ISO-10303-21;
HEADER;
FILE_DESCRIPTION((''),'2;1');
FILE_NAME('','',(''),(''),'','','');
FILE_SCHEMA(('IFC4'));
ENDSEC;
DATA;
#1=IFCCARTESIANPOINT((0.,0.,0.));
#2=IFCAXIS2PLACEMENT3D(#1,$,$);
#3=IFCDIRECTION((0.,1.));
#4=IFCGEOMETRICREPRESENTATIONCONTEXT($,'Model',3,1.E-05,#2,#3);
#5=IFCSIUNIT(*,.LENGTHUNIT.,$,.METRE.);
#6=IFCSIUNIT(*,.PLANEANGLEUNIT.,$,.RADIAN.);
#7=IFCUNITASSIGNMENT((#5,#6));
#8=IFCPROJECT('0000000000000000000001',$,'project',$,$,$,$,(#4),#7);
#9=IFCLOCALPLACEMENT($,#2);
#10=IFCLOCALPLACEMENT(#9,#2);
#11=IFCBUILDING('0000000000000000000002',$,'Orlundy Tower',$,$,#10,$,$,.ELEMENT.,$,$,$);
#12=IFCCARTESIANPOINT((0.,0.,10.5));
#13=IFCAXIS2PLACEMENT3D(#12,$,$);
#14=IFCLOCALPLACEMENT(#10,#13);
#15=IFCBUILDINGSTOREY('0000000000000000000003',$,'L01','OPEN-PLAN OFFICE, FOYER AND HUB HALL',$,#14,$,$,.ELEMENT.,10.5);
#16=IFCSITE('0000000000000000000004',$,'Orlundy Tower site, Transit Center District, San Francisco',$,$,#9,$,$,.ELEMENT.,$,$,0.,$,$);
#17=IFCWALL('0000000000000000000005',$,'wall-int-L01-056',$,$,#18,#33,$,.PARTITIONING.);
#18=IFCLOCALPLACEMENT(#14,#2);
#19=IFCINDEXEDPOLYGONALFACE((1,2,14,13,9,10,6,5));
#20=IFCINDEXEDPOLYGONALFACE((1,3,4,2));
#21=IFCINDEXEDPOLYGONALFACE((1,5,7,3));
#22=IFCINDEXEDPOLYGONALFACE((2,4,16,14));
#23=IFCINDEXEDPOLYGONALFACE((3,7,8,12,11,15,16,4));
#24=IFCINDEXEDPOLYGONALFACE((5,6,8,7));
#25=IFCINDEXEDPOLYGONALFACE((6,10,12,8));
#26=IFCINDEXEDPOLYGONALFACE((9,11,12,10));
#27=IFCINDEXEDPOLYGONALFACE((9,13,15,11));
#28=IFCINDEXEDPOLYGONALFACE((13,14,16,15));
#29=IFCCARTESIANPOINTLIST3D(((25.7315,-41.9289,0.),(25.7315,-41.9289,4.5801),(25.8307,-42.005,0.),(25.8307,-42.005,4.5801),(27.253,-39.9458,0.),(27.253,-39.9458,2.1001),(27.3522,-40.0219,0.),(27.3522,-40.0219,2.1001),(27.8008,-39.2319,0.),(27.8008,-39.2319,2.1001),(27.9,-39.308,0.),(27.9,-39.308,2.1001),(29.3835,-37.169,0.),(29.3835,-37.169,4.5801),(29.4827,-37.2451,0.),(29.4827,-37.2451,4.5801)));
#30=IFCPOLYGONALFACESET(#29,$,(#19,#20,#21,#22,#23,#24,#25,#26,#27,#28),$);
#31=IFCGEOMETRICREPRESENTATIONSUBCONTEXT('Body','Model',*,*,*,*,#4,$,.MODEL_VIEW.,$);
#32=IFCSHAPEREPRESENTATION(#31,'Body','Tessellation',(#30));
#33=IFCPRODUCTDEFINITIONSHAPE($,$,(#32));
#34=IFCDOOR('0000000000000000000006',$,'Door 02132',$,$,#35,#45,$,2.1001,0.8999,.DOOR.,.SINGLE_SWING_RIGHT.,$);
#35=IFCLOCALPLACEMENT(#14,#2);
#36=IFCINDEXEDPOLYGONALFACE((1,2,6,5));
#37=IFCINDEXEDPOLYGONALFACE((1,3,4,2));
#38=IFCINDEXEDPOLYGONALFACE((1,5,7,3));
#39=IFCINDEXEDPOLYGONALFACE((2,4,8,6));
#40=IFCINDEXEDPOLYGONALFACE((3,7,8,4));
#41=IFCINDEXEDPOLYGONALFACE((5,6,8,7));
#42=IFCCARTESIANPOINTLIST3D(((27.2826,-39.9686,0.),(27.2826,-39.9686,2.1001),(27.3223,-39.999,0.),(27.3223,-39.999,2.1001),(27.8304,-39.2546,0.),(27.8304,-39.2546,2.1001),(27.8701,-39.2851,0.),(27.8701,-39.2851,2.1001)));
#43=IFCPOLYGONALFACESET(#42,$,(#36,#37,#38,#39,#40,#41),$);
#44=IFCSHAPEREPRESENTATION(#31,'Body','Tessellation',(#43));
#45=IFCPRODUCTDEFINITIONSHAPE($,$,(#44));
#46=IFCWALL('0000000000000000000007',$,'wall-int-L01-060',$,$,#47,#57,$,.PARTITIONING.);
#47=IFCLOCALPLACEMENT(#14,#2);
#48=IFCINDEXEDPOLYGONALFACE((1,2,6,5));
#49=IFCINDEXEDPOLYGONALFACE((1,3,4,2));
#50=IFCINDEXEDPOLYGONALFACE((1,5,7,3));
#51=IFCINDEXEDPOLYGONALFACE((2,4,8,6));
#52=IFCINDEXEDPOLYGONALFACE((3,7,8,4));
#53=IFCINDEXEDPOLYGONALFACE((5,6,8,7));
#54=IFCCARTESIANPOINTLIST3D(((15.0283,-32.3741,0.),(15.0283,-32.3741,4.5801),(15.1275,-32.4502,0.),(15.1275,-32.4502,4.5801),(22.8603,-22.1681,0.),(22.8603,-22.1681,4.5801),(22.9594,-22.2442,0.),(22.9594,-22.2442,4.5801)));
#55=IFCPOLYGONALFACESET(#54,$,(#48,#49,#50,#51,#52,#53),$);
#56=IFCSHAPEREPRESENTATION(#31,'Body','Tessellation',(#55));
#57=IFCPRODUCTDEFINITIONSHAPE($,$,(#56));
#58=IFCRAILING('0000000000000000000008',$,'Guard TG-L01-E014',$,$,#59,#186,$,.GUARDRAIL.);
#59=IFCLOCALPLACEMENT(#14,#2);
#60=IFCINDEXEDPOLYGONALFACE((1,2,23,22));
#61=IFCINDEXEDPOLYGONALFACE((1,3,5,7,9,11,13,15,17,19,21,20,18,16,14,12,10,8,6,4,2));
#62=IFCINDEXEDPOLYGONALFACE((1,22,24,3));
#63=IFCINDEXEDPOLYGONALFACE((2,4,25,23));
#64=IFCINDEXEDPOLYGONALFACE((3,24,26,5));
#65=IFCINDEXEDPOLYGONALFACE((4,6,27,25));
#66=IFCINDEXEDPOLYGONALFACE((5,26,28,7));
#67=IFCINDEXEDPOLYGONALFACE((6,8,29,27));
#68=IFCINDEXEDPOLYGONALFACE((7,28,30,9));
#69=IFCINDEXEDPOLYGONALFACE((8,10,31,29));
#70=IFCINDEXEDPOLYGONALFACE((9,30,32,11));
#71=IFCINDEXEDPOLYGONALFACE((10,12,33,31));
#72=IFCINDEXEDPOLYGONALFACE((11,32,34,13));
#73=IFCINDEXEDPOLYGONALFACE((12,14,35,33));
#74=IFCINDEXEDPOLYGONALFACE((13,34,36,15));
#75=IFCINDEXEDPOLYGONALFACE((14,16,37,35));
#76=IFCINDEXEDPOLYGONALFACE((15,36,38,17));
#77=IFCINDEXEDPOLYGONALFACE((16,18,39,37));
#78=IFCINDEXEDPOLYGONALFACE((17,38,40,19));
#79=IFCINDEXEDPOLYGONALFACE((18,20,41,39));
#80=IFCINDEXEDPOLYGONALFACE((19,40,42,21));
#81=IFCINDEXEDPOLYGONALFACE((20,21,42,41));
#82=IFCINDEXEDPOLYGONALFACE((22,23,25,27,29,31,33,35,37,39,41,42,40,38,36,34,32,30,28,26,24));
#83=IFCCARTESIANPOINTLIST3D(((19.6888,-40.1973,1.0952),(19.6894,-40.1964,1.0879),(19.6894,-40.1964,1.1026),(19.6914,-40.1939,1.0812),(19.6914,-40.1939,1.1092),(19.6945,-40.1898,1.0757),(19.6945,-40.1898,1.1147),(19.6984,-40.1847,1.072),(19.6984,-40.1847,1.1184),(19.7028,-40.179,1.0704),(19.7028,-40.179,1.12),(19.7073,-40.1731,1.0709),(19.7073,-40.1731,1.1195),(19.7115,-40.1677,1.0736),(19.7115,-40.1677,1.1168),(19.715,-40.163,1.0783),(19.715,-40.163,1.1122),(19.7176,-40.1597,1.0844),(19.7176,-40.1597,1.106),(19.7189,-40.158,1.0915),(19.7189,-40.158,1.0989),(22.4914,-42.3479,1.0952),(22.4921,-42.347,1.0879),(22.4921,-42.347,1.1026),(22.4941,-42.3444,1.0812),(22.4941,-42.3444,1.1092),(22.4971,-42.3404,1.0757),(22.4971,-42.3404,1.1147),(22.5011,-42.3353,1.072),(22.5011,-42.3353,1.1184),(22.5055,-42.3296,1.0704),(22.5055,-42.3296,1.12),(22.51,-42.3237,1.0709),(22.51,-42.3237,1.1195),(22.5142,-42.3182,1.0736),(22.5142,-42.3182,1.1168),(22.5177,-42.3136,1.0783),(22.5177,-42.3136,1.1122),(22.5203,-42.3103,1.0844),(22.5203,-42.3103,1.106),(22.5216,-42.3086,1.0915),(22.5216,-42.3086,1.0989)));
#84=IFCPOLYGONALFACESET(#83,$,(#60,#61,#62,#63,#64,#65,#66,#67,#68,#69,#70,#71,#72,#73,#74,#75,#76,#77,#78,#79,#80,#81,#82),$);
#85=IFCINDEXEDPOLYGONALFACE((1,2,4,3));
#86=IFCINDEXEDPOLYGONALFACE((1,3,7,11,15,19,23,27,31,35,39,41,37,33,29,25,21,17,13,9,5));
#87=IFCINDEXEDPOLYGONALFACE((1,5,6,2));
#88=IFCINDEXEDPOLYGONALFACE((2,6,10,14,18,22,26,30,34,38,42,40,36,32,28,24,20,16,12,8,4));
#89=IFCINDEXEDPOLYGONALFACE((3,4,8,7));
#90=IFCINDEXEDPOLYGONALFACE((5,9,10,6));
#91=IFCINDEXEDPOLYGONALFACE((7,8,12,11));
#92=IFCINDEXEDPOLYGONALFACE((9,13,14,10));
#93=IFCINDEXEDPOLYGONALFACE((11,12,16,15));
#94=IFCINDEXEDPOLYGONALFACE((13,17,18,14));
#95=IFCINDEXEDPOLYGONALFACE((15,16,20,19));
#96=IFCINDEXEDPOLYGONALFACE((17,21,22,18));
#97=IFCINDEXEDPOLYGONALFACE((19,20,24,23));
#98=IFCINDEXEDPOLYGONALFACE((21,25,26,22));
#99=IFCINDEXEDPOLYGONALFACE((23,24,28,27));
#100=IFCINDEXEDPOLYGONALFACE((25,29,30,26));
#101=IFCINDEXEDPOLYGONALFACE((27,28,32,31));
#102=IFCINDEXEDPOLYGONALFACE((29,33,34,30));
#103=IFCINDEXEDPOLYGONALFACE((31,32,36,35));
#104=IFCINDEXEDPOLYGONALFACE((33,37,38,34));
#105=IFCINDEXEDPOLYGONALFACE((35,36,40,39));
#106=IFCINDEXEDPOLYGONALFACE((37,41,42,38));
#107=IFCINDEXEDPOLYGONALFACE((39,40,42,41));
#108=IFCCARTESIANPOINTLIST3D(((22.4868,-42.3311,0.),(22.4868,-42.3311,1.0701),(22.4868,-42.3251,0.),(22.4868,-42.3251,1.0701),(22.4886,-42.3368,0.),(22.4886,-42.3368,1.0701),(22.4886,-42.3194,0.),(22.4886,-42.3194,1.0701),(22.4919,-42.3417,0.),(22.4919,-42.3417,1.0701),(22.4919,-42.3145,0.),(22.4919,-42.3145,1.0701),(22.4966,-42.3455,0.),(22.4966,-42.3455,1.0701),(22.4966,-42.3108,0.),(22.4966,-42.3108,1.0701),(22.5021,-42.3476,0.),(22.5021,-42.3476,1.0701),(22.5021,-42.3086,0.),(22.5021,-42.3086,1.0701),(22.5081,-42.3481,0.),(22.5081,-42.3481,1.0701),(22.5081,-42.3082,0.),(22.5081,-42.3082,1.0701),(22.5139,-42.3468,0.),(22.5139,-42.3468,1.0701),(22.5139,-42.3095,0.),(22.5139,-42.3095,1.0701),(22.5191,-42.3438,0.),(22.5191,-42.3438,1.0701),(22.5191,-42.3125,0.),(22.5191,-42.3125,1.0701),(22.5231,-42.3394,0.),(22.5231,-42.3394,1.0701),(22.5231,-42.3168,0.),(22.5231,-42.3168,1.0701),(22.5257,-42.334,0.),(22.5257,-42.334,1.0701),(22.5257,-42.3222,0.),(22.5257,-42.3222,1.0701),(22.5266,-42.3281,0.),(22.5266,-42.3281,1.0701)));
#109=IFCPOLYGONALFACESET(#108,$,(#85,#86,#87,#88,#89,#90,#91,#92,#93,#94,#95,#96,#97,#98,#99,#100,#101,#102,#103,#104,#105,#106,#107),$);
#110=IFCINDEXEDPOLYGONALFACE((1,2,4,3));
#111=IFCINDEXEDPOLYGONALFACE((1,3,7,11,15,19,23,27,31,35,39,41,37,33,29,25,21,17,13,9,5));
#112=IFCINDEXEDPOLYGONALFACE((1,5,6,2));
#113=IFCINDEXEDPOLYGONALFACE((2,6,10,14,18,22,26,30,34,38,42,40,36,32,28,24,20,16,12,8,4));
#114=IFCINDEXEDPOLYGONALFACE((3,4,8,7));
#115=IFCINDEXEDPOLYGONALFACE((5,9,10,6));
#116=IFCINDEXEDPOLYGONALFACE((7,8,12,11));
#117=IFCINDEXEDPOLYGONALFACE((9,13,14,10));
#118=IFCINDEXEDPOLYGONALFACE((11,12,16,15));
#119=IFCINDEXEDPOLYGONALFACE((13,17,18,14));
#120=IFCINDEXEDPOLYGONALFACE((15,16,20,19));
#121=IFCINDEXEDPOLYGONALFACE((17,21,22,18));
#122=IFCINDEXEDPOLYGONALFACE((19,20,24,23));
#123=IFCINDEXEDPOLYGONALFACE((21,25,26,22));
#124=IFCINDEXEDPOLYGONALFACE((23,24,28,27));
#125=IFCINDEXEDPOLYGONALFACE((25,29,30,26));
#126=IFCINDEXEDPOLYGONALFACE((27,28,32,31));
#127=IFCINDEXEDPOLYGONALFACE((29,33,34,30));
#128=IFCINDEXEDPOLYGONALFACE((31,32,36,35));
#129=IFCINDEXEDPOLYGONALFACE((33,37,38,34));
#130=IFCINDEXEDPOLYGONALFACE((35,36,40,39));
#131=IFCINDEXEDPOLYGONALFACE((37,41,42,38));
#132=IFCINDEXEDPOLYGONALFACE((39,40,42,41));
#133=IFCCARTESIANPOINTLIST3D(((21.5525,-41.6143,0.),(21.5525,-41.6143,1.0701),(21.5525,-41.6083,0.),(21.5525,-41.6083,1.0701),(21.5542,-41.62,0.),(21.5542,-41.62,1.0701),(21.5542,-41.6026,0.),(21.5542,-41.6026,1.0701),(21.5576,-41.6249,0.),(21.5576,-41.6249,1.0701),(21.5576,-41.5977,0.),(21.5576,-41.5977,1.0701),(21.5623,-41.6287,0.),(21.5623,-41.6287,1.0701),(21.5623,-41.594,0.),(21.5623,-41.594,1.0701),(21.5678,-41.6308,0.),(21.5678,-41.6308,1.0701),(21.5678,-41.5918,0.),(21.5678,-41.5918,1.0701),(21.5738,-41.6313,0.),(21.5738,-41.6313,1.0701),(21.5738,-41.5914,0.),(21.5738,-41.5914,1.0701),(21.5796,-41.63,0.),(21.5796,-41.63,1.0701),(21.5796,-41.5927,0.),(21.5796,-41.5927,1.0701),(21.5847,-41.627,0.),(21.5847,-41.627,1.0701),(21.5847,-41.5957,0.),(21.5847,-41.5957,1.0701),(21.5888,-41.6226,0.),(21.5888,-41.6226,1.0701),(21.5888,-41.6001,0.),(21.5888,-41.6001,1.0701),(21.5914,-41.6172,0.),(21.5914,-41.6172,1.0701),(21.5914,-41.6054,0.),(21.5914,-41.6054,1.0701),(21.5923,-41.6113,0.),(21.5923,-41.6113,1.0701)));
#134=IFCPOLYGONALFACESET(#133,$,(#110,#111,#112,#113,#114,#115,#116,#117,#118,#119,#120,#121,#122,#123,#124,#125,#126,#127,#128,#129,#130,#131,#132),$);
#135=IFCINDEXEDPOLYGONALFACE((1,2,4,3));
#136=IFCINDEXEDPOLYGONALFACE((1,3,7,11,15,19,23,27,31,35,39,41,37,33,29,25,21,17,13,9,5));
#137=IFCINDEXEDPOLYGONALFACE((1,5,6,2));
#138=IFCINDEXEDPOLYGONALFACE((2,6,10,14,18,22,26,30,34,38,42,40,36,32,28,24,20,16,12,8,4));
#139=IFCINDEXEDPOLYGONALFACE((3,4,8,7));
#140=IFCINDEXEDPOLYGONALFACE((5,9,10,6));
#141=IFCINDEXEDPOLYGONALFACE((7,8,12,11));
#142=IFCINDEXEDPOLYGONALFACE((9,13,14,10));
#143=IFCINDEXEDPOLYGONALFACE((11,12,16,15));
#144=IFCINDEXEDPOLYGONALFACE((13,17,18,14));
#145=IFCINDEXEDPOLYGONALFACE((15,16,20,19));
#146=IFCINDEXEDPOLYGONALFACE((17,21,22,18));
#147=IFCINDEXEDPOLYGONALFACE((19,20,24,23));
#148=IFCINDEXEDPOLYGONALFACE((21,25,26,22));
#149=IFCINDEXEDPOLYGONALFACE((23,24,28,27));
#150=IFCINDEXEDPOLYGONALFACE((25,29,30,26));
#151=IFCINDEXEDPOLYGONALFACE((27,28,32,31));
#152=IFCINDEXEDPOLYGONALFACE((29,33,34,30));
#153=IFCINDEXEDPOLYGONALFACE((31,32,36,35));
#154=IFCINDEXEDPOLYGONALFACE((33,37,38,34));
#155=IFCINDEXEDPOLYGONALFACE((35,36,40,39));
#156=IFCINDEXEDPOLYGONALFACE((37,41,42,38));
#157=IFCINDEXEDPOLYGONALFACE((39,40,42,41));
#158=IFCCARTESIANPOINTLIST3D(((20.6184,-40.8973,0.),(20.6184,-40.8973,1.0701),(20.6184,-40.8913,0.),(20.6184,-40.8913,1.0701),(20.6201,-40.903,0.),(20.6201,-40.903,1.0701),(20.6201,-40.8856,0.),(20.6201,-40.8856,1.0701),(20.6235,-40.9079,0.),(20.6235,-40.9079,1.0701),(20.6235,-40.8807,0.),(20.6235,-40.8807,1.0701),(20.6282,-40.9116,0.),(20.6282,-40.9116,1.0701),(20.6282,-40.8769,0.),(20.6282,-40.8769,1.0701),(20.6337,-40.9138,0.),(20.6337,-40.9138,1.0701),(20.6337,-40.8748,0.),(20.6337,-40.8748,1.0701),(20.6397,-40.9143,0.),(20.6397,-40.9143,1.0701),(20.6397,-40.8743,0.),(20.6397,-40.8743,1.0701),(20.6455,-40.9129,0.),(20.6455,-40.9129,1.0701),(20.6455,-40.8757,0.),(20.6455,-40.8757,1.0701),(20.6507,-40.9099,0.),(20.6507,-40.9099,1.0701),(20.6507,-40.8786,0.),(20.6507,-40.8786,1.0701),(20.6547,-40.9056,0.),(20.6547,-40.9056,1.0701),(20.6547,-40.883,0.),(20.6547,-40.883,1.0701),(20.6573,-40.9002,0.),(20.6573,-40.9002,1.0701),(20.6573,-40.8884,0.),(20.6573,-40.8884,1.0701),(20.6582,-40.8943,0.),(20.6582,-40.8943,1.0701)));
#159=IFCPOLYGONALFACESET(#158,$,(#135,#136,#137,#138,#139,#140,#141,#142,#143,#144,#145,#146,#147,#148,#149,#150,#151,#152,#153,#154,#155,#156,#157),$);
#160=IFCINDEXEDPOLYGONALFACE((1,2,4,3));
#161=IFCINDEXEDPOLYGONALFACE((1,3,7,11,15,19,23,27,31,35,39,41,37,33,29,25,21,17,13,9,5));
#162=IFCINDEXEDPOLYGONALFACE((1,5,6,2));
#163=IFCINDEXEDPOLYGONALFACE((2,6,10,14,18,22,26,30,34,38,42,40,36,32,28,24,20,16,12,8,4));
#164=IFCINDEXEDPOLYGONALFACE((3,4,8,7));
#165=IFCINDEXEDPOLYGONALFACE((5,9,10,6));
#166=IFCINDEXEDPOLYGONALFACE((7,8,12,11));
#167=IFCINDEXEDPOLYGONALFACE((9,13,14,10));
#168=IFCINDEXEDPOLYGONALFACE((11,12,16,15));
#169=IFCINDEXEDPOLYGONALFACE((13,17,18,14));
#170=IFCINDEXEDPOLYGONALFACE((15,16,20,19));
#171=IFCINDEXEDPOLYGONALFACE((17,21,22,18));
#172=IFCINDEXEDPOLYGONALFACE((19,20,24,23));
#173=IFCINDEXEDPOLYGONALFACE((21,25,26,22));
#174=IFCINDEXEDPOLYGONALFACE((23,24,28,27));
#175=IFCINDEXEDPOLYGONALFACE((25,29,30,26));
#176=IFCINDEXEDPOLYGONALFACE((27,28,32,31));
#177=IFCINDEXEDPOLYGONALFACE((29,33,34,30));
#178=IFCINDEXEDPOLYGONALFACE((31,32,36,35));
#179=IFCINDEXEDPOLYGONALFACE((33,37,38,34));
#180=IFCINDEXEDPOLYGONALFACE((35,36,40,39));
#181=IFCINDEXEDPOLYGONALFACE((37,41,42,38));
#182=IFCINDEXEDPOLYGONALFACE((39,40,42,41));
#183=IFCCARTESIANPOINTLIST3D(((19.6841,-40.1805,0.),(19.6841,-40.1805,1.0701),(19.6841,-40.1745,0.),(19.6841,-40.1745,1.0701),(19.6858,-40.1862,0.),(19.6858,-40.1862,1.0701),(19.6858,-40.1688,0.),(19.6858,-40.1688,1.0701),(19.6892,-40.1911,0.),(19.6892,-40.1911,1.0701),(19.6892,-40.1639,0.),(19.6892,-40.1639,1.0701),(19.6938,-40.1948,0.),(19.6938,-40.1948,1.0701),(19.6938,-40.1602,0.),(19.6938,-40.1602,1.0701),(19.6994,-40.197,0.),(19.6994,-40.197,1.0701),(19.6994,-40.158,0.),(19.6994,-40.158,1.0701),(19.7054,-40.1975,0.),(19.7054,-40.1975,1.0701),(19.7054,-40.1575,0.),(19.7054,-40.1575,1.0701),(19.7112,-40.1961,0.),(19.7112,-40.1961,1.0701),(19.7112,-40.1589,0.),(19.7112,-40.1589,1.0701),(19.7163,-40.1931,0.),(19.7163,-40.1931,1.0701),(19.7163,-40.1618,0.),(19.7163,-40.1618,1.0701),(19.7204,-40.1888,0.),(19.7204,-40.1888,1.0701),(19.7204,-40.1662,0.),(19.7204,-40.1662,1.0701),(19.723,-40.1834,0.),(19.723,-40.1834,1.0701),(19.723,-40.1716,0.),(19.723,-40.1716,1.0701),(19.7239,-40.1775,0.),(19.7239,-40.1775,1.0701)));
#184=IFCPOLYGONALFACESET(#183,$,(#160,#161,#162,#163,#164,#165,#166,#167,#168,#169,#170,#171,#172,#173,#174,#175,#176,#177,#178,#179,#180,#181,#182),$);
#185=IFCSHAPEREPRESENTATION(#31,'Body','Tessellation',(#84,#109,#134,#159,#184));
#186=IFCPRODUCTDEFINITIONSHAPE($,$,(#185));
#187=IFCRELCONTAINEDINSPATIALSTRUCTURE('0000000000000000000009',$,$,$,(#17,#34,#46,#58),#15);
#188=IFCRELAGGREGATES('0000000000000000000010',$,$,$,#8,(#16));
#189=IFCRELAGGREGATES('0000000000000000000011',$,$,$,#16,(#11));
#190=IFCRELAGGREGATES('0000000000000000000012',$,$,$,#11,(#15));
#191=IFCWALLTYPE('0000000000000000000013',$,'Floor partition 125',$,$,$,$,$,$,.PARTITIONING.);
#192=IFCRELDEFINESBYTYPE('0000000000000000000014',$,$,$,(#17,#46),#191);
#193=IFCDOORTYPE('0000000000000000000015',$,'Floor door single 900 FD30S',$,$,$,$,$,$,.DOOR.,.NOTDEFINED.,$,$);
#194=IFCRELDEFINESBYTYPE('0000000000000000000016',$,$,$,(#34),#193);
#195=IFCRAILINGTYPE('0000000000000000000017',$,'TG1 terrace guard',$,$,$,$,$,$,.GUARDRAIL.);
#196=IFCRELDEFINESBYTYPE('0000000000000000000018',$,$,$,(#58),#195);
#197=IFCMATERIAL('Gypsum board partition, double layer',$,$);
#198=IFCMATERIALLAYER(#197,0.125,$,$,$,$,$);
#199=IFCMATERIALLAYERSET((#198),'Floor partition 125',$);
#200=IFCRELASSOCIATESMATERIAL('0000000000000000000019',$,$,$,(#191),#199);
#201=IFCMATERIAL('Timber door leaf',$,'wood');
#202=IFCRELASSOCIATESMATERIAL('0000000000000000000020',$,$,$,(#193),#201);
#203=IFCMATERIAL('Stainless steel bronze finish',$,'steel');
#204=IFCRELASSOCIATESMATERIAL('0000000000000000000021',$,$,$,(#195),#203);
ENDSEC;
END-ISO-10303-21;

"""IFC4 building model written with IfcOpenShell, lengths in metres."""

from ifc_helpers import new_model, si_unit, direction, frame, frame_2d, origin, origin_2d, place, context, subcontext, project, spatial, rectangle, circle, extrude, material, layer, layer_set, type_object, element, fill, save


model = new_model("IFC4")

# Units and contexts
model_context = context("Model", 3, precision=1e-05, world=origin(), true_north=direction((0.0, 1.0)))
body_context = subcontext(model_context, "Body", "Model", "MODEL_VIEW")
ifc_project = project(units=[si_unit("LENGTHUNIT", "METRE"), si_unit("PLANEANGLEUNIT", "RADIAN")], contexts=[model_context])

# Site, building, storey
site_placement = place(None, origin())
site = spatial("IfcSite", under=ifc_project, at=site_placement, Name="Orlundy Tower site, Transit Center District, San Francisco", CompositionType="ELEMENT", RefElevation=0.0)
building_placement = place(site_placement, origin())
building = spatial("IfcBuilding", under=site, at=building_placement, Name="Orlundy Tower", CompositionType="ELEMENT")
storey_placement = place(building_placement, frame((0.0, 0.0, 10.5)))
storey = spatial("IfcBuildingStorey", under=building, at=storey_placement, Name="L01", Description="OPEN-PLAN OFFICE, FOYER AND HUB HALL", CompositionType="ELEMENT", Elevation=10.5)

# Wall, opening, door
ifc_material_1 = material(Name="Gypsum board partition, double layer")
ifc_layer_1 = layer(ifc_material_1, 0.125)
ifc_layer_set_1 = layer_set([ifc_layer_1], Name="Floor partition 125")
wall_type_1 = type_object("IfcWallType", Name="Floor partition 125", PredefinedType="PARTITIONING", material=ifc_layer_set_1)
wall_1_placement = place(storey_placement, frame((29.4331, -37.207, 0.0), z_axis=(0.0, 0.0, 1.0), x_axis=(-0.608721, -0.793384, 0.0)))
wall_1 = element("IfcWall", 1, at=wall_1_placement, inside=storey, type_object=wall_type_1, Name="wall-int-L01-056", PredefinedType="PARTITIONING", context=body_context, shape_type="SweptSolid", body=[
    extrude(rectangle(XDim=5.9995, YDim=0.125, at=frame_2d((2.9998, 0.0))), origin(), (0.0, 0.0, 1.0), 4.5801),
])
opening_placement = place(wall_1_placement, frame((2.6001, 0.0, 0.0)))
opening = element("IfcOpeningElement", 2, at=opening_placement, cuts=wall_1, PredefinedType="OPENING", context=body_context, shape_type="SweptSolid", body=[
    extrude(rectangle(XDim=0.8999, YDim=2.1001, at=frame_2d((0.45, 1.05))), frame((0.0, 0.0725, 0.0), z_axis=(0.0, -1.0, 0.0), x_axis=(1.0, 0.0, 0.0)), (0.0, 0.0, 1.0), 0.145),
])
ifc_material_2 = material(Name="Timber door leaf", Category="wood")
door_type = type_object("IfcDoorType", Name="Floor door single 900 FD30S", OperationType="NOTDEFINED", PredefinedType="DOOR", material=ifc_material_2)
door_placement = place(opening_placement, origin())
door = element("IfcDoor", 3, at=door_placement, inside=storey, type_object=door_type, Name="Door 02132", OperationType="SINGLE_SWING_RIGHT", OverallHeight=2.1001, OverallWidth=0.8999, PredefinedType="DOOR", context=body_context, shape_type="SweptSolid", body=[
    extrude(rectangle(XDim=0.8999, YDim=2.1001, at=frame_2d((0.45, 1.05))), frame((0.0, 0.0249, 0.0), z_axis=(0.0, -1.0, 0.0), x_axis=(1.0, 0.0, 0.0)), (0.0, 0.0, 1.0), 0.05),
])
fill(opening, door)

# Wall
wall_2_placement = place(storey_placement, frame((15.0779, -32.4121, 0.0), z_axis=(0.0, 0.0, 1.0), x_axis=(0.608793, 0.793329, 0.0)))
element("IfcWall", 4, at=wall_2_placement, inside=storey, type_object=wall_type_1, Name="wall-int-L01-060", PredefinedType="PARTITIONING", context=body_context, shape_type="SweptSolid", body=[
    extrude(rectangle(XDim=12.8647, YDim=0.125, at=frame_2d((6.4324, 0.0))), origin(), (0.0, 0.0, 1.0), 4.5801),
])

# Railing
ifc_material_3 = material(Name="Stainless steel bronze finish", Category="steel")
railing_type = type_object("IfcRailingType", Name="TG1 terrace guard", PredefinedType="GUARDRAIL", material=ifc_material_3)
railing_1_placement = place(storey_placement, frame((22.5066, -42.3281, 0.0)))
element("IfcRailing", 5, at=railing_1_placement, inside=storey, type_object=railing_type, Name="Guard TG-L01-E014", PredefinedType="GUARDRAIL", context=body_context, shape_type="SweptSolid", body=[
    extrude(circle(Radius=0.0249, at=origin_2d()), frame((0.0, 0.0, 1.0952), z_axis=(-0.79335, 0.608765, 0.0), x_axis=(-0.608765, -0.79335, 0.0)), (0.0, 0.0, 1.0), 3.5327),
    extrude(circle(Radius=0.02, at=origin_2d()), origin(), (0.0, 0.0, 1.0), 1.0701),
    extrude(circle(Radius=0.02, at=origin_2d()), frame((-0.9343, 0.7168, 0.0)), (0.0, 0.0, 1.0), 1.0701),
    extrude(circle(Radius=0.02, at=origin_2d()), frame((-1.8684, 1.4338, 0.0)), (0.0, 0.0, 1.0), 1.0701),
    extrude(circle(Radius=0.02, at=origin_2d()), frame((-2.8027, 2.1506, 0.0)), (0.0, 0.0, 1.0), 1.0701),
])

save(model, "model.ifc")
